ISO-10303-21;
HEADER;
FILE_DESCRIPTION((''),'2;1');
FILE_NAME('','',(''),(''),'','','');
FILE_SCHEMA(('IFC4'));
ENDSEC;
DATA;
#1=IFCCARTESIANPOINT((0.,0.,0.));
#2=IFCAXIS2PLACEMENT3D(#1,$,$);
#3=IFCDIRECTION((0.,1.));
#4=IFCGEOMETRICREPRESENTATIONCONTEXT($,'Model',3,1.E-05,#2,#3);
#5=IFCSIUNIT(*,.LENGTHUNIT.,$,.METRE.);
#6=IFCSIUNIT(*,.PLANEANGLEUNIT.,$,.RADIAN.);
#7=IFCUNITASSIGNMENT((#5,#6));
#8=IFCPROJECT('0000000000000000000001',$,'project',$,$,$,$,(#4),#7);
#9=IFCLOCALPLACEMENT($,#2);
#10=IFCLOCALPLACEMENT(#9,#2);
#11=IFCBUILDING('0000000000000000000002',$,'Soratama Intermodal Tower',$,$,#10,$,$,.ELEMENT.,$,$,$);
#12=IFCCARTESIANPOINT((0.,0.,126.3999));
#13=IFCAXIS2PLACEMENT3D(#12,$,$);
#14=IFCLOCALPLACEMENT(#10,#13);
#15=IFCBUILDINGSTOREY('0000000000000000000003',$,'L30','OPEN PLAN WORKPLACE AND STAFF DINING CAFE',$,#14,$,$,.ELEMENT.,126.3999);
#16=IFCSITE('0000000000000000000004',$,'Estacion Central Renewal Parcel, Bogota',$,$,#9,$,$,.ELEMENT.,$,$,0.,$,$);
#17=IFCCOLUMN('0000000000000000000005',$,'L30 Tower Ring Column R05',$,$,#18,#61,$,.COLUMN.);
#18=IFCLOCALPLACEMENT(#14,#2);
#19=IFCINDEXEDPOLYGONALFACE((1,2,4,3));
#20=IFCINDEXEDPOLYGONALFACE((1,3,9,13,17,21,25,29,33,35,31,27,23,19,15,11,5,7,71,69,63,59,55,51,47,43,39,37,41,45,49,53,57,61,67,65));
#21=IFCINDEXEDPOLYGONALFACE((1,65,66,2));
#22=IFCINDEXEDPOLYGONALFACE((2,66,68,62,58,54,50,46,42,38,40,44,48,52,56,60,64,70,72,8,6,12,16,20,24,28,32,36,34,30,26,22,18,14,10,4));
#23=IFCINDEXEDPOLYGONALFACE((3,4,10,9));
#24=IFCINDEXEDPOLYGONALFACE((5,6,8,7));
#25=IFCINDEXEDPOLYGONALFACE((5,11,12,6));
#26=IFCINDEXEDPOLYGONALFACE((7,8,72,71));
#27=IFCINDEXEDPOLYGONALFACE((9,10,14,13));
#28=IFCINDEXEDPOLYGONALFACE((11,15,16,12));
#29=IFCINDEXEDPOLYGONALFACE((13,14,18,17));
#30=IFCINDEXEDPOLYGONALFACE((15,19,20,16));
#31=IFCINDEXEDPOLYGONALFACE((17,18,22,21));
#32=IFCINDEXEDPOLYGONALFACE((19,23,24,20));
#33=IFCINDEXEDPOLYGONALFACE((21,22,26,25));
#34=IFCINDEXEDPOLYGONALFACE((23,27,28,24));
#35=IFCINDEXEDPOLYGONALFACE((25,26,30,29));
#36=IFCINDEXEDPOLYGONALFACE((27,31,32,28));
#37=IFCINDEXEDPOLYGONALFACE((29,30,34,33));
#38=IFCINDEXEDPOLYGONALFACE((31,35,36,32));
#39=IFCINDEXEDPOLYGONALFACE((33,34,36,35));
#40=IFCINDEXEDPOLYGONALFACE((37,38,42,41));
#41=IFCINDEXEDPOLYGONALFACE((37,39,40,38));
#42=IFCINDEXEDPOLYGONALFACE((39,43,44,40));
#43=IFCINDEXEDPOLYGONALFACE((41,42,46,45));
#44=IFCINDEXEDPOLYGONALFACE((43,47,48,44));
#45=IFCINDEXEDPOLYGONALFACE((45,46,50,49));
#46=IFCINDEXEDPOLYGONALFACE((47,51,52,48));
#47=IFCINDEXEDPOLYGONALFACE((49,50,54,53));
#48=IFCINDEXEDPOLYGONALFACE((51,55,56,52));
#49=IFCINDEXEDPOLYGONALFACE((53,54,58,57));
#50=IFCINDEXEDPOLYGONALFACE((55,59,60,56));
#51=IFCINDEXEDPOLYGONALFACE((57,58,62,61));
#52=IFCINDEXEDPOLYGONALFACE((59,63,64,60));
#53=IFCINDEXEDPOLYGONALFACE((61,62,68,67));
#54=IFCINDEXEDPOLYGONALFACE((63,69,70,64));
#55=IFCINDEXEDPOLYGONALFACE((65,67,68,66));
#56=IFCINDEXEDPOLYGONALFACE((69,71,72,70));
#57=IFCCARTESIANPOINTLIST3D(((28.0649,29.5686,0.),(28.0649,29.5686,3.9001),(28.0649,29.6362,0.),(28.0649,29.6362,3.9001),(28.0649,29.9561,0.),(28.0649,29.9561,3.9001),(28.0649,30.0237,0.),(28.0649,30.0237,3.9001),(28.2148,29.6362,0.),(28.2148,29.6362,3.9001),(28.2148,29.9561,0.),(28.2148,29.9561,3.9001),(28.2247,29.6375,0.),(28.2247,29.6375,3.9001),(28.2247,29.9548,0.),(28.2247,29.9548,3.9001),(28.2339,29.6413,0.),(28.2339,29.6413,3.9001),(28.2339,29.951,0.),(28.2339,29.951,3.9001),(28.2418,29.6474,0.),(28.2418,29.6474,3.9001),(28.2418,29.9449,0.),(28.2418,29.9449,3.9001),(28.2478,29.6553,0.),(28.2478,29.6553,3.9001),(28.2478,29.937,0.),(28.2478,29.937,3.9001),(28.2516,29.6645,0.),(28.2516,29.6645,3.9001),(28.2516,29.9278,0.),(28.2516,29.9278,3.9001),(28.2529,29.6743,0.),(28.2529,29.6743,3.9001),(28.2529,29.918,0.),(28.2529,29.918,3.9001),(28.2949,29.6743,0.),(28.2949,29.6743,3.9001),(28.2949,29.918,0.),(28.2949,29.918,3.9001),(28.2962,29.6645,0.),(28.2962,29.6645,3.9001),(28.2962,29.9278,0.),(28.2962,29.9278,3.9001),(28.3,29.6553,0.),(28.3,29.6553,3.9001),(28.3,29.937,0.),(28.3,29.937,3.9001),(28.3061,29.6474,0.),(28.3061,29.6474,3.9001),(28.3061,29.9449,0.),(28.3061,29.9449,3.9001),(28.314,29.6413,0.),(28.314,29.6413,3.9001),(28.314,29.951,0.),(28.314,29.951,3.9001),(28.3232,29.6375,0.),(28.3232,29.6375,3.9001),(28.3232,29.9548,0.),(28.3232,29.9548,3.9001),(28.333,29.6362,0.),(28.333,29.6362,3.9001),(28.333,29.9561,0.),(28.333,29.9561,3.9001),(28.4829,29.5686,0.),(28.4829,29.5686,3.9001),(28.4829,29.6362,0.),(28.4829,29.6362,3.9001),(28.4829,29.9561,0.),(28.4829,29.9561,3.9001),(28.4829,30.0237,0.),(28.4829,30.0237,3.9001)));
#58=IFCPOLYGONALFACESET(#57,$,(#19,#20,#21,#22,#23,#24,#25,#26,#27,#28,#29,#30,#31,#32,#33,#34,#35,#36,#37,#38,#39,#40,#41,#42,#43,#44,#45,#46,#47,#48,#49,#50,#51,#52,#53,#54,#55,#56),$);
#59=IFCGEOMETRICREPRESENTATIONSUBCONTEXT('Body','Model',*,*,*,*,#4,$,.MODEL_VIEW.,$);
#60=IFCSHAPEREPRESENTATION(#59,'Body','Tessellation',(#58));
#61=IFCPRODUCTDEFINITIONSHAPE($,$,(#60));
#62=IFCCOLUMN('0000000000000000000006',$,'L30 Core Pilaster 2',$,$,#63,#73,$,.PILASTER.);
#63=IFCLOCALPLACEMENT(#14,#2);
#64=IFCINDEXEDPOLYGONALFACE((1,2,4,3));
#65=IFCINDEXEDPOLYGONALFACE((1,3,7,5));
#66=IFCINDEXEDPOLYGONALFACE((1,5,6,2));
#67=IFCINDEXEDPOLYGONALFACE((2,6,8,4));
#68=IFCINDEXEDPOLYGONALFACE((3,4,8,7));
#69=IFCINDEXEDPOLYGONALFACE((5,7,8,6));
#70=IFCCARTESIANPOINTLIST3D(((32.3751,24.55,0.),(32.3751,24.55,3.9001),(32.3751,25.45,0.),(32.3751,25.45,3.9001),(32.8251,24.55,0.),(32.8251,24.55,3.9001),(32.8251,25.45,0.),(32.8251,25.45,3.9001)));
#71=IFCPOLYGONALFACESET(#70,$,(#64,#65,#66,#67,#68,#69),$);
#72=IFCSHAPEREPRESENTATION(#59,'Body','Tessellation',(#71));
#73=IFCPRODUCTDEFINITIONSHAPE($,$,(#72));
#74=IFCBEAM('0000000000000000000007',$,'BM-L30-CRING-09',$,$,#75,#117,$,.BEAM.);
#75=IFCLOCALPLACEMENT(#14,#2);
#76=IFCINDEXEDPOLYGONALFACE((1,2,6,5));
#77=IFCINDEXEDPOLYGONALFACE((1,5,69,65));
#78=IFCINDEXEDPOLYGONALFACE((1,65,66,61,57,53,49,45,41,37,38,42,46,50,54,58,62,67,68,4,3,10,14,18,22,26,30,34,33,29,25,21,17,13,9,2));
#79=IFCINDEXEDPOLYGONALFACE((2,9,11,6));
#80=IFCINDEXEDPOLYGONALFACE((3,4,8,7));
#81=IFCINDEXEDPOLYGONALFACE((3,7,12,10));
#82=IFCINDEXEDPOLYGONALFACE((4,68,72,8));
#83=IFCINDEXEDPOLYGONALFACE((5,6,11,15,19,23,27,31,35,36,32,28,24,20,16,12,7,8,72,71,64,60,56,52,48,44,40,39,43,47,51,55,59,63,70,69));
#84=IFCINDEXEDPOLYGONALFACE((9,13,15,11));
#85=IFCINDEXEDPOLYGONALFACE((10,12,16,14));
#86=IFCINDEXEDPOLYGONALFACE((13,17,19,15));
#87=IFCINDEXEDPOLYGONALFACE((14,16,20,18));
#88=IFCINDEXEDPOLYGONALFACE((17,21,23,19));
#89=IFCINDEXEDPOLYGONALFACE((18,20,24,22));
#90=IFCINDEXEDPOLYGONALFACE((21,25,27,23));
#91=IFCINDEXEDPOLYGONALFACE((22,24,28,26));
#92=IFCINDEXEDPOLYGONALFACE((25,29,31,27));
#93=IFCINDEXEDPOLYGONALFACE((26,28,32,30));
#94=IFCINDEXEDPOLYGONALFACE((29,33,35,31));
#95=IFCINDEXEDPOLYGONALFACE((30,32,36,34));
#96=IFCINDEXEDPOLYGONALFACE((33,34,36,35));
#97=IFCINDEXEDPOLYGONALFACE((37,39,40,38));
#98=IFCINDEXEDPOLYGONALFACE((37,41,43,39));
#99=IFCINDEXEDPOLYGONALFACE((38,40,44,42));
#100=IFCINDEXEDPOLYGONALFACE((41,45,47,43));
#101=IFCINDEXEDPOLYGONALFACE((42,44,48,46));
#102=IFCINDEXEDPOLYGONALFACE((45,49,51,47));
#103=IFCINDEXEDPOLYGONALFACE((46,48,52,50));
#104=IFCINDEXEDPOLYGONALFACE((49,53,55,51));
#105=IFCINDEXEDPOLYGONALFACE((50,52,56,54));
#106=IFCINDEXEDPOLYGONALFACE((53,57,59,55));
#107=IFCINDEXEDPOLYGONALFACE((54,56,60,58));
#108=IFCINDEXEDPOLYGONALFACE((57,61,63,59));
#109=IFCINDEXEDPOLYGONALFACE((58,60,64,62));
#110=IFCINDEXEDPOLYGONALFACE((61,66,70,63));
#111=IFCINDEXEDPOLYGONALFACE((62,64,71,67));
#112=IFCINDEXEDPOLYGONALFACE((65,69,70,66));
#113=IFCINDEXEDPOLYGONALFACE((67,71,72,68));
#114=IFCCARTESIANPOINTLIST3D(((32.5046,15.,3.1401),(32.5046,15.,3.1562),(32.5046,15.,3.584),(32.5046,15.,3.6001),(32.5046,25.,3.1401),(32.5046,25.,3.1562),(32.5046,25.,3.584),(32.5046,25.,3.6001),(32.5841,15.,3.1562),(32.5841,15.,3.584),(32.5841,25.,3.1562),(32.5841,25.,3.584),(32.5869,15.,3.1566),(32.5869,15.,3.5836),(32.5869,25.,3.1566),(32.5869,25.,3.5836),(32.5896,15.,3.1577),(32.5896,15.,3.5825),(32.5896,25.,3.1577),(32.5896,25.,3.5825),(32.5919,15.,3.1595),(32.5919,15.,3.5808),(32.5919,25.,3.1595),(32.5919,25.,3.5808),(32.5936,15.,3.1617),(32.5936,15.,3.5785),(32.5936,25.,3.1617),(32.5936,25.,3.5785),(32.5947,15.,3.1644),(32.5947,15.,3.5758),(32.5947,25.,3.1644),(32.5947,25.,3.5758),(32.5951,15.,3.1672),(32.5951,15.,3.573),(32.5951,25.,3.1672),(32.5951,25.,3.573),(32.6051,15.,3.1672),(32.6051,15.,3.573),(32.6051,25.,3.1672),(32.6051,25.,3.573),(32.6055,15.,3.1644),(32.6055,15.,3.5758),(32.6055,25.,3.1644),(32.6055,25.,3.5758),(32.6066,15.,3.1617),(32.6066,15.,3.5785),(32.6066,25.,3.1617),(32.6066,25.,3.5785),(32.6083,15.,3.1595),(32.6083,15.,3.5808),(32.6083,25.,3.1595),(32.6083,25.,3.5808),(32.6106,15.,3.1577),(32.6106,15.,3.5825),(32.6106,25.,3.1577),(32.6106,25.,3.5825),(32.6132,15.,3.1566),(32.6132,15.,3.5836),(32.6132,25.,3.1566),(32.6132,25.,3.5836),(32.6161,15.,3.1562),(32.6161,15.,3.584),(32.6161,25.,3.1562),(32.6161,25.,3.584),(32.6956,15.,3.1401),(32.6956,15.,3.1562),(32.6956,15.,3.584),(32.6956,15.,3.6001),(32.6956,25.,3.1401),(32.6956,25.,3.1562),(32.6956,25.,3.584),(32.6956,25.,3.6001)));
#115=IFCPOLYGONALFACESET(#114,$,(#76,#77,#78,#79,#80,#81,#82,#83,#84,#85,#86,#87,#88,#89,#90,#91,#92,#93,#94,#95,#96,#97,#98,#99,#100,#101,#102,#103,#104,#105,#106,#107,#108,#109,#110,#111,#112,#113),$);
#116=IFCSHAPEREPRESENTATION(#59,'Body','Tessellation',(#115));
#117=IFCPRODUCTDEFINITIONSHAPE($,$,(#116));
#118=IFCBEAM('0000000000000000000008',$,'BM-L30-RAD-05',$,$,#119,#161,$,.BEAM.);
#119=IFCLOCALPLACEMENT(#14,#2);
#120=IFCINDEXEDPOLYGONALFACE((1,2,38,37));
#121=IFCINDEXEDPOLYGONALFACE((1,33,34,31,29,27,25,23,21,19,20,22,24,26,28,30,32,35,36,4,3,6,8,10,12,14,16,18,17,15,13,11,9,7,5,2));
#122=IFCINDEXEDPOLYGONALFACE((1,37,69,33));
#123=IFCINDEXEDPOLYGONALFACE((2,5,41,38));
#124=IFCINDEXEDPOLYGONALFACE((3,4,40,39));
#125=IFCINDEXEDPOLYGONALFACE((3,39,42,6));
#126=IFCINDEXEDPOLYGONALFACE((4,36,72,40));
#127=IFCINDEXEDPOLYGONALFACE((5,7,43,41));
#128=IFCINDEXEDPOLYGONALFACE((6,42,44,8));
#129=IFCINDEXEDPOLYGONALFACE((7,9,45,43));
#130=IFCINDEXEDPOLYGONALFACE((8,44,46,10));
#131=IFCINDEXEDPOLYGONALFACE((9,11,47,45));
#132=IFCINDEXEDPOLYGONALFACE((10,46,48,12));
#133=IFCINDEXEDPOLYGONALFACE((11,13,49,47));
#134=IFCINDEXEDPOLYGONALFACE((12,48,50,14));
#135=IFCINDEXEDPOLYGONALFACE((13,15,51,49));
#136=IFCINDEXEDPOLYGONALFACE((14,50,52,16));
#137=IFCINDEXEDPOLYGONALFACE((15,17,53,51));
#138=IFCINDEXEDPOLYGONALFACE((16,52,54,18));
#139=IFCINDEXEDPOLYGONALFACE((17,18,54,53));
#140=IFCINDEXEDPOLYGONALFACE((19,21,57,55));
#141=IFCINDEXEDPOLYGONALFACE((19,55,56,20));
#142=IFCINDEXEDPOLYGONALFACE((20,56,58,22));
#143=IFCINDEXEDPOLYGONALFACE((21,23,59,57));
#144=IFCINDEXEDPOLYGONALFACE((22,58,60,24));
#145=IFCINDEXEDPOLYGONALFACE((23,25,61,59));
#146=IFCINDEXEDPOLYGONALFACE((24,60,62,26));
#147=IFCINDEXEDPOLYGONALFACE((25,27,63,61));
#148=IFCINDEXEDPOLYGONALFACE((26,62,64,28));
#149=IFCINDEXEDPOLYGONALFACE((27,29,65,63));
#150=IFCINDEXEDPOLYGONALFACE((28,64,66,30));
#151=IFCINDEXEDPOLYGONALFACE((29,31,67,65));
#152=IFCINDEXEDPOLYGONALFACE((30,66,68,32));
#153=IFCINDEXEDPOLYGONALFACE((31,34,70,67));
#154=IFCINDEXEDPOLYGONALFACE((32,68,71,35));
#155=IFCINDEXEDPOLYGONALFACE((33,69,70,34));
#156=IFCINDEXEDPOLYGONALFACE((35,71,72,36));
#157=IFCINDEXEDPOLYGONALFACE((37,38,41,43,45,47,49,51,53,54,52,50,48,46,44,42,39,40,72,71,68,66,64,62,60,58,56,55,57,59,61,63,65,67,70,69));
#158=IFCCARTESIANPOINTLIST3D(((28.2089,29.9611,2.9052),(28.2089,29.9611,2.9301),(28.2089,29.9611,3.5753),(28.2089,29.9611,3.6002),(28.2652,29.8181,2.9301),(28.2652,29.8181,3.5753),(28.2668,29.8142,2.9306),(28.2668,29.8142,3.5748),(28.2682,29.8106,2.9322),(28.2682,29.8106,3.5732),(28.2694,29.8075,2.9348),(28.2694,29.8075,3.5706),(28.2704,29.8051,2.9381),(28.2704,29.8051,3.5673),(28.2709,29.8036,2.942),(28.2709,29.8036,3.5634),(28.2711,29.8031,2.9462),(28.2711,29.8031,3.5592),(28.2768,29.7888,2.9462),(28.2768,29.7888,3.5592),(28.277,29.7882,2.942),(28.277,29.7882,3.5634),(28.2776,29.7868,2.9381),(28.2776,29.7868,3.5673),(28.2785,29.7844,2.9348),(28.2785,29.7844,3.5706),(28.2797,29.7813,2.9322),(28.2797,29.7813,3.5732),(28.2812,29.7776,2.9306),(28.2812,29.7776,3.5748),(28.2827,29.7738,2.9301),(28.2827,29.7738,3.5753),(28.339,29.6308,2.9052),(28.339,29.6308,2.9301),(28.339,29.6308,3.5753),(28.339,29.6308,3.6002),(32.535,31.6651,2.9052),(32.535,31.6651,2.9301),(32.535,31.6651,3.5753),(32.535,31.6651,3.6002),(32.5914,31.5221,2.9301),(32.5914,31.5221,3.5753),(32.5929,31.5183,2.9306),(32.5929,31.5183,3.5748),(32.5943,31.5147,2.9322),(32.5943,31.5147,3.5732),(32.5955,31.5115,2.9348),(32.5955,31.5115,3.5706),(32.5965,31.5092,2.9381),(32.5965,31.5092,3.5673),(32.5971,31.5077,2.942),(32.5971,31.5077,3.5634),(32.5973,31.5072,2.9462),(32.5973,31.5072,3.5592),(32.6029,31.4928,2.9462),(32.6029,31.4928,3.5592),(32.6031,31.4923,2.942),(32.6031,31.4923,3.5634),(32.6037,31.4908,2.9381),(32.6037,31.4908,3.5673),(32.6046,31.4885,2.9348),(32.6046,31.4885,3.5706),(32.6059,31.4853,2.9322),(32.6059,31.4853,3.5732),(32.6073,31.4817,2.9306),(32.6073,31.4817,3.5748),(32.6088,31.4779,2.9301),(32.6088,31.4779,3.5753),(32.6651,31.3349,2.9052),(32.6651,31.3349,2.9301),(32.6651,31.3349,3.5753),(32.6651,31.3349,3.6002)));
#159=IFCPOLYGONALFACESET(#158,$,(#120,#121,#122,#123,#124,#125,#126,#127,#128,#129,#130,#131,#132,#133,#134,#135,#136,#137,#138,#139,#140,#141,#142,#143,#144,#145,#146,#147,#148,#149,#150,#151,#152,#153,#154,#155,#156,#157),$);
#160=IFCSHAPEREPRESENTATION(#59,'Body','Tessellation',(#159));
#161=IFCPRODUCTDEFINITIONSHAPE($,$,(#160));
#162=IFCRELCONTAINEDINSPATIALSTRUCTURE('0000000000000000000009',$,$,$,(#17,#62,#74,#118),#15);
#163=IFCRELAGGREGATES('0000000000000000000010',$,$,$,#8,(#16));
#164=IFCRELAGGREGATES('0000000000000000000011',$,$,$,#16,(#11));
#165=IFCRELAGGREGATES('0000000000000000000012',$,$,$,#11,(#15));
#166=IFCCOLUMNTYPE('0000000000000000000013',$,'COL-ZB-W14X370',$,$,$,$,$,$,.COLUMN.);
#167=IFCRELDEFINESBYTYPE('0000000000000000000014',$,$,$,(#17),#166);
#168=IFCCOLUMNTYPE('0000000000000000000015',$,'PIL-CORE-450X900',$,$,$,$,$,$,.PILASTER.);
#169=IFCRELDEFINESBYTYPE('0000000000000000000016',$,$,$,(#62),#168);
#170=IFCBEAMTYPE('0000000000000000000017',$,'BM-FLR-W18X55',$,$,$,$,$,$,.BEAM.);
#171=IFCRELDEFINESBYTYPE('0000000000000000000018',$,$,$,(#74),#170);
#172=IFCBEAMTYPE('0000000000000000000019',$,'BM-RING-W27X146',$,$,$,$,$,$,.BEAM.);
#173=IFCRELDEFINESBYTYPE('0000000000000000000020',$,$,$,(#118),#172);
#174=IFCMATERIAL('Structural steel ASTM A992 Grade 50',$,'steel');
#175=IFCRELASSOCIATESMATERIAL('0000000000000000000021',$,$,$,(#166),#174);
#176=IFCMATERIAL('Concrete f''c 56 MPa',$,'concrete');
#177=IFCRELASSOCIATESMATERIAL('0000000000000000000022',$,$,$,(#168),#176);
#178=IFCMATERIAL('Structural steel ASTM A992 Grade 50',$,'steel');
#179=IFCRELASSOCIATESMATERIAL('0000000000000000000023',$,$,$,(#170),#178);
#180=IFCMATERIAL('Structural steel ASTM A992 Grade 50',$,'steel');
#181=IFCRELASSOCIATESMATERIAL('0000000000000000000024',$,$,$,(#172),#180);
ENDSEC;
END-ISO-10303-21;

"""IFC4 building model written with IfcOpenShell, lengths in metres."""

from ifc_helpers import new_model, si_unit, direction, frame, origin, origin_2d, place, context, subcontext, project, spatial, rectangle, i_section, extrude, material, material_profile, profile_set, type_object, element, save


model = new_model("IFC4")

# Units and contexts
model_context = context("Model", 3, precision=1e-05, world=origin(), true_north=direction((0.0, 1.0)))
body_context = subcontext(model_context, "Body", "Model", "MODEL_VIEW")
ifc_project = project(units=[si_unit("LENGTHUNIT", "METRE"), si_unit("PLANEANGLEUNIT", "RADIAN")], contexts=[model_context])

# Site, building, storey
site_placement = place(None, origin())
site = spatial("IfcSite", under=ifc_project, at=site_placement, Name="Estacion Central Renewal Parcel, Bogota", CompositionType="ELEMENT", RefElevation=0.0)
building_placement = place(site_placement, origin())
building = spatial("IfcBuilding", under=site, at=building_placement, Name="Soratama Intermodal Tower", CompositionType="ELEMENT")
storey_placement = place(building_placement, frame((0.0, 0.0, 126.3999)))
storey = spatial("IfcBuildingStorey", under=building, at=storey_placement, Name="L30", Description="OPEN PLAN WORKPLACE AND STAFF DINING CAFE", CompositionType="ELEMENT", Elevation=126.3999)

# Columns
ifc_material_1 = material(Name="Structural steel ASTM A992 Grade 50", Category="steel")
ifc_material_profile_1 = material_profile(ifc_material_1, i_section(OverallWidth=0.418, OverallDepth=0.4551, WebThickness=0.042, FlangeThickness=0.0676, FilletRadius=0.0381, at=origin_2d()), Name="W14X370")
ifc_profile_set_1 = profile_set([ifc_material_profile_1], Name="Structural steel ASTM A992 Grade 50")
column_type_1 = type_object("IfcColumnType", Name="COL-ZB-W14X370", PredefinedType="COLUMN", material=ifc_profile_set_1)
column_1_placement = place(storey_placement, frame((28.2739, 29.7961, 0.0), z_axis=(0.0, 0.0, 1.0), x_axis=(1.0, 0.0, 0.0)))
element("IfcColumn", 1, at=column_1_placement, inside=storey, type_object=column_type_1, Name="L30 Tower Ring Column R05", PredefinedType="COLUMN", context=body_context, shape_type="SweptSolid", body=[
    extrude(i_section(OverallWidth=0.418, OverallDepth=0.4551, WebThickness=0.042, FlangeThickness=0.0676, FilletRadius=0.0381, at=origin_2d()), origin(), (0.0, 0.0, 1.0), 3.9001),
])
ifc_material_2 = material(Name="Concrete f'c 56 MPa", Category="concrete")
ifc_material_profile_2 = material_profile(ifc_material_2, rectangle(XDim=0.45, YDim=0.8999, at=origin_2d()), Name="RC450X900")
ifc_profile_set_2 = profile_set([ifc_material_profile_2], Name="Concrete f'c 56 MPa")
column_type_2 = type_object("IfcColumnType", Name="PIL-CORE-450X900", PredefinedType="PILASTER", material=ifc_profile_set_2)
column_2_placement = place(storey_placement, frame((32.6001, 25.0, 0.0), z_axis=(0.0, 0.0, 1.0), x_axis=(1.0, 0.0, 0.0)))
element("IfcColumn", 2, at=column_2_placement, inside=storey, type_object=column_type_2, Name="L30 Core Pilaster 2", PredefinedType="PILASTER", context=body_context, shape_type="SweptSolid", body=[
    extrude(rectangle(XDim=0.45, YDim=0.8999, at=origin_2d()), origin(), (0.0, 0.0, 1.0), 3.9001),
])

# Beams
ifc_material_3 = material(Name="Structural steel ASTM A992 Grade 50", Category="steel")
ifc_material_profile_3 = material_profile(ifc_material_3, i_section(OverallWidth=0.1909, OverallDepth=0.46, WebThickness=0.01, FlangeThickness=0.0161, FilletRadius=0.011, at=origin_2d()), Name="W18X55")
ifc_profile_set_3 = profile_set([ifc_material_profile_3], Name="Structural steel ASTM A992 Grade 50")
beam_type_1 = type_object("IfcBeamType", Name="BM-FLR-W18X55", PredefinedType="BEAM", material=ifc_profile_set_3)
beam_1_placement = place(storey_placement, frame((32.6001, 25.0, 3.3701), z_axis=(0.0, -1.0, 0.0), x_axis=(1.0, 0.0, 0.0)))
element("IfcBeam", 3, at=beam_1_placement, inside=storey, type_object=beam_type_1, Name="BM-L30-CRING-09", PredefinedType="BEAM", context=body_context, shape_type="SweptSolid", body=[
    extrude(i_section(OverallWidth=0.1909, OverallDepth=0.46, WebThickness=0.01, FlangeThickness=0.0161, FilletRadius=0.011, at=origin_2d()), origin(), (0.0, 0.0, 1.0), 10.0),
])
ifc_material_4 = material(Name="Structural steel ASTM A992 Grade 50", Category="steel")
ifc_material_profile_4 = material_profile(ifc_material_4, i_section(OverallWidth=0.355, OverallDepth=0.6951, WebThickness=0.0154, FlangeThickness=0.0249, FilletRadius=0.0161, at=origin_2d()), Name="W27X146")
ifc_profile_set_4 = profile_set([ifc_material_profile_4], Name="Structural steel ASTM A992 Grade 50")
beam_type_2 = type_object("IfcBeamType", Name="BM-RING-W27X146", PredefinedType="BEAM", material=ifc_profile_set_4)
beam_2_placement = place(storey_placement, frame((32.6001, 31.5, 3.2527), z_axis=(-0.930419, -0.366497, 0.0), x_axis=(0.366497, -0.930419, 0.0)))
element("IfcBeam", 4, at=beam_2_placement, inside=storey, type_object=beam_type_2, Name="BM-L30-RAD-05", PredefinedType="BEAM", context=body_context, shape_type="SweptSolid", body=[
    extrude(i_section(OverallWidth=0.355, OverallDepth=0.6951, WebThickness=0.0154, FlangeThickness=0.0249, FilletRadius=0.0161, at=origin_2d()), origin(), (0.0, 0.0, 1.0), 4.6497),
])

save(model, "model.ifc")
